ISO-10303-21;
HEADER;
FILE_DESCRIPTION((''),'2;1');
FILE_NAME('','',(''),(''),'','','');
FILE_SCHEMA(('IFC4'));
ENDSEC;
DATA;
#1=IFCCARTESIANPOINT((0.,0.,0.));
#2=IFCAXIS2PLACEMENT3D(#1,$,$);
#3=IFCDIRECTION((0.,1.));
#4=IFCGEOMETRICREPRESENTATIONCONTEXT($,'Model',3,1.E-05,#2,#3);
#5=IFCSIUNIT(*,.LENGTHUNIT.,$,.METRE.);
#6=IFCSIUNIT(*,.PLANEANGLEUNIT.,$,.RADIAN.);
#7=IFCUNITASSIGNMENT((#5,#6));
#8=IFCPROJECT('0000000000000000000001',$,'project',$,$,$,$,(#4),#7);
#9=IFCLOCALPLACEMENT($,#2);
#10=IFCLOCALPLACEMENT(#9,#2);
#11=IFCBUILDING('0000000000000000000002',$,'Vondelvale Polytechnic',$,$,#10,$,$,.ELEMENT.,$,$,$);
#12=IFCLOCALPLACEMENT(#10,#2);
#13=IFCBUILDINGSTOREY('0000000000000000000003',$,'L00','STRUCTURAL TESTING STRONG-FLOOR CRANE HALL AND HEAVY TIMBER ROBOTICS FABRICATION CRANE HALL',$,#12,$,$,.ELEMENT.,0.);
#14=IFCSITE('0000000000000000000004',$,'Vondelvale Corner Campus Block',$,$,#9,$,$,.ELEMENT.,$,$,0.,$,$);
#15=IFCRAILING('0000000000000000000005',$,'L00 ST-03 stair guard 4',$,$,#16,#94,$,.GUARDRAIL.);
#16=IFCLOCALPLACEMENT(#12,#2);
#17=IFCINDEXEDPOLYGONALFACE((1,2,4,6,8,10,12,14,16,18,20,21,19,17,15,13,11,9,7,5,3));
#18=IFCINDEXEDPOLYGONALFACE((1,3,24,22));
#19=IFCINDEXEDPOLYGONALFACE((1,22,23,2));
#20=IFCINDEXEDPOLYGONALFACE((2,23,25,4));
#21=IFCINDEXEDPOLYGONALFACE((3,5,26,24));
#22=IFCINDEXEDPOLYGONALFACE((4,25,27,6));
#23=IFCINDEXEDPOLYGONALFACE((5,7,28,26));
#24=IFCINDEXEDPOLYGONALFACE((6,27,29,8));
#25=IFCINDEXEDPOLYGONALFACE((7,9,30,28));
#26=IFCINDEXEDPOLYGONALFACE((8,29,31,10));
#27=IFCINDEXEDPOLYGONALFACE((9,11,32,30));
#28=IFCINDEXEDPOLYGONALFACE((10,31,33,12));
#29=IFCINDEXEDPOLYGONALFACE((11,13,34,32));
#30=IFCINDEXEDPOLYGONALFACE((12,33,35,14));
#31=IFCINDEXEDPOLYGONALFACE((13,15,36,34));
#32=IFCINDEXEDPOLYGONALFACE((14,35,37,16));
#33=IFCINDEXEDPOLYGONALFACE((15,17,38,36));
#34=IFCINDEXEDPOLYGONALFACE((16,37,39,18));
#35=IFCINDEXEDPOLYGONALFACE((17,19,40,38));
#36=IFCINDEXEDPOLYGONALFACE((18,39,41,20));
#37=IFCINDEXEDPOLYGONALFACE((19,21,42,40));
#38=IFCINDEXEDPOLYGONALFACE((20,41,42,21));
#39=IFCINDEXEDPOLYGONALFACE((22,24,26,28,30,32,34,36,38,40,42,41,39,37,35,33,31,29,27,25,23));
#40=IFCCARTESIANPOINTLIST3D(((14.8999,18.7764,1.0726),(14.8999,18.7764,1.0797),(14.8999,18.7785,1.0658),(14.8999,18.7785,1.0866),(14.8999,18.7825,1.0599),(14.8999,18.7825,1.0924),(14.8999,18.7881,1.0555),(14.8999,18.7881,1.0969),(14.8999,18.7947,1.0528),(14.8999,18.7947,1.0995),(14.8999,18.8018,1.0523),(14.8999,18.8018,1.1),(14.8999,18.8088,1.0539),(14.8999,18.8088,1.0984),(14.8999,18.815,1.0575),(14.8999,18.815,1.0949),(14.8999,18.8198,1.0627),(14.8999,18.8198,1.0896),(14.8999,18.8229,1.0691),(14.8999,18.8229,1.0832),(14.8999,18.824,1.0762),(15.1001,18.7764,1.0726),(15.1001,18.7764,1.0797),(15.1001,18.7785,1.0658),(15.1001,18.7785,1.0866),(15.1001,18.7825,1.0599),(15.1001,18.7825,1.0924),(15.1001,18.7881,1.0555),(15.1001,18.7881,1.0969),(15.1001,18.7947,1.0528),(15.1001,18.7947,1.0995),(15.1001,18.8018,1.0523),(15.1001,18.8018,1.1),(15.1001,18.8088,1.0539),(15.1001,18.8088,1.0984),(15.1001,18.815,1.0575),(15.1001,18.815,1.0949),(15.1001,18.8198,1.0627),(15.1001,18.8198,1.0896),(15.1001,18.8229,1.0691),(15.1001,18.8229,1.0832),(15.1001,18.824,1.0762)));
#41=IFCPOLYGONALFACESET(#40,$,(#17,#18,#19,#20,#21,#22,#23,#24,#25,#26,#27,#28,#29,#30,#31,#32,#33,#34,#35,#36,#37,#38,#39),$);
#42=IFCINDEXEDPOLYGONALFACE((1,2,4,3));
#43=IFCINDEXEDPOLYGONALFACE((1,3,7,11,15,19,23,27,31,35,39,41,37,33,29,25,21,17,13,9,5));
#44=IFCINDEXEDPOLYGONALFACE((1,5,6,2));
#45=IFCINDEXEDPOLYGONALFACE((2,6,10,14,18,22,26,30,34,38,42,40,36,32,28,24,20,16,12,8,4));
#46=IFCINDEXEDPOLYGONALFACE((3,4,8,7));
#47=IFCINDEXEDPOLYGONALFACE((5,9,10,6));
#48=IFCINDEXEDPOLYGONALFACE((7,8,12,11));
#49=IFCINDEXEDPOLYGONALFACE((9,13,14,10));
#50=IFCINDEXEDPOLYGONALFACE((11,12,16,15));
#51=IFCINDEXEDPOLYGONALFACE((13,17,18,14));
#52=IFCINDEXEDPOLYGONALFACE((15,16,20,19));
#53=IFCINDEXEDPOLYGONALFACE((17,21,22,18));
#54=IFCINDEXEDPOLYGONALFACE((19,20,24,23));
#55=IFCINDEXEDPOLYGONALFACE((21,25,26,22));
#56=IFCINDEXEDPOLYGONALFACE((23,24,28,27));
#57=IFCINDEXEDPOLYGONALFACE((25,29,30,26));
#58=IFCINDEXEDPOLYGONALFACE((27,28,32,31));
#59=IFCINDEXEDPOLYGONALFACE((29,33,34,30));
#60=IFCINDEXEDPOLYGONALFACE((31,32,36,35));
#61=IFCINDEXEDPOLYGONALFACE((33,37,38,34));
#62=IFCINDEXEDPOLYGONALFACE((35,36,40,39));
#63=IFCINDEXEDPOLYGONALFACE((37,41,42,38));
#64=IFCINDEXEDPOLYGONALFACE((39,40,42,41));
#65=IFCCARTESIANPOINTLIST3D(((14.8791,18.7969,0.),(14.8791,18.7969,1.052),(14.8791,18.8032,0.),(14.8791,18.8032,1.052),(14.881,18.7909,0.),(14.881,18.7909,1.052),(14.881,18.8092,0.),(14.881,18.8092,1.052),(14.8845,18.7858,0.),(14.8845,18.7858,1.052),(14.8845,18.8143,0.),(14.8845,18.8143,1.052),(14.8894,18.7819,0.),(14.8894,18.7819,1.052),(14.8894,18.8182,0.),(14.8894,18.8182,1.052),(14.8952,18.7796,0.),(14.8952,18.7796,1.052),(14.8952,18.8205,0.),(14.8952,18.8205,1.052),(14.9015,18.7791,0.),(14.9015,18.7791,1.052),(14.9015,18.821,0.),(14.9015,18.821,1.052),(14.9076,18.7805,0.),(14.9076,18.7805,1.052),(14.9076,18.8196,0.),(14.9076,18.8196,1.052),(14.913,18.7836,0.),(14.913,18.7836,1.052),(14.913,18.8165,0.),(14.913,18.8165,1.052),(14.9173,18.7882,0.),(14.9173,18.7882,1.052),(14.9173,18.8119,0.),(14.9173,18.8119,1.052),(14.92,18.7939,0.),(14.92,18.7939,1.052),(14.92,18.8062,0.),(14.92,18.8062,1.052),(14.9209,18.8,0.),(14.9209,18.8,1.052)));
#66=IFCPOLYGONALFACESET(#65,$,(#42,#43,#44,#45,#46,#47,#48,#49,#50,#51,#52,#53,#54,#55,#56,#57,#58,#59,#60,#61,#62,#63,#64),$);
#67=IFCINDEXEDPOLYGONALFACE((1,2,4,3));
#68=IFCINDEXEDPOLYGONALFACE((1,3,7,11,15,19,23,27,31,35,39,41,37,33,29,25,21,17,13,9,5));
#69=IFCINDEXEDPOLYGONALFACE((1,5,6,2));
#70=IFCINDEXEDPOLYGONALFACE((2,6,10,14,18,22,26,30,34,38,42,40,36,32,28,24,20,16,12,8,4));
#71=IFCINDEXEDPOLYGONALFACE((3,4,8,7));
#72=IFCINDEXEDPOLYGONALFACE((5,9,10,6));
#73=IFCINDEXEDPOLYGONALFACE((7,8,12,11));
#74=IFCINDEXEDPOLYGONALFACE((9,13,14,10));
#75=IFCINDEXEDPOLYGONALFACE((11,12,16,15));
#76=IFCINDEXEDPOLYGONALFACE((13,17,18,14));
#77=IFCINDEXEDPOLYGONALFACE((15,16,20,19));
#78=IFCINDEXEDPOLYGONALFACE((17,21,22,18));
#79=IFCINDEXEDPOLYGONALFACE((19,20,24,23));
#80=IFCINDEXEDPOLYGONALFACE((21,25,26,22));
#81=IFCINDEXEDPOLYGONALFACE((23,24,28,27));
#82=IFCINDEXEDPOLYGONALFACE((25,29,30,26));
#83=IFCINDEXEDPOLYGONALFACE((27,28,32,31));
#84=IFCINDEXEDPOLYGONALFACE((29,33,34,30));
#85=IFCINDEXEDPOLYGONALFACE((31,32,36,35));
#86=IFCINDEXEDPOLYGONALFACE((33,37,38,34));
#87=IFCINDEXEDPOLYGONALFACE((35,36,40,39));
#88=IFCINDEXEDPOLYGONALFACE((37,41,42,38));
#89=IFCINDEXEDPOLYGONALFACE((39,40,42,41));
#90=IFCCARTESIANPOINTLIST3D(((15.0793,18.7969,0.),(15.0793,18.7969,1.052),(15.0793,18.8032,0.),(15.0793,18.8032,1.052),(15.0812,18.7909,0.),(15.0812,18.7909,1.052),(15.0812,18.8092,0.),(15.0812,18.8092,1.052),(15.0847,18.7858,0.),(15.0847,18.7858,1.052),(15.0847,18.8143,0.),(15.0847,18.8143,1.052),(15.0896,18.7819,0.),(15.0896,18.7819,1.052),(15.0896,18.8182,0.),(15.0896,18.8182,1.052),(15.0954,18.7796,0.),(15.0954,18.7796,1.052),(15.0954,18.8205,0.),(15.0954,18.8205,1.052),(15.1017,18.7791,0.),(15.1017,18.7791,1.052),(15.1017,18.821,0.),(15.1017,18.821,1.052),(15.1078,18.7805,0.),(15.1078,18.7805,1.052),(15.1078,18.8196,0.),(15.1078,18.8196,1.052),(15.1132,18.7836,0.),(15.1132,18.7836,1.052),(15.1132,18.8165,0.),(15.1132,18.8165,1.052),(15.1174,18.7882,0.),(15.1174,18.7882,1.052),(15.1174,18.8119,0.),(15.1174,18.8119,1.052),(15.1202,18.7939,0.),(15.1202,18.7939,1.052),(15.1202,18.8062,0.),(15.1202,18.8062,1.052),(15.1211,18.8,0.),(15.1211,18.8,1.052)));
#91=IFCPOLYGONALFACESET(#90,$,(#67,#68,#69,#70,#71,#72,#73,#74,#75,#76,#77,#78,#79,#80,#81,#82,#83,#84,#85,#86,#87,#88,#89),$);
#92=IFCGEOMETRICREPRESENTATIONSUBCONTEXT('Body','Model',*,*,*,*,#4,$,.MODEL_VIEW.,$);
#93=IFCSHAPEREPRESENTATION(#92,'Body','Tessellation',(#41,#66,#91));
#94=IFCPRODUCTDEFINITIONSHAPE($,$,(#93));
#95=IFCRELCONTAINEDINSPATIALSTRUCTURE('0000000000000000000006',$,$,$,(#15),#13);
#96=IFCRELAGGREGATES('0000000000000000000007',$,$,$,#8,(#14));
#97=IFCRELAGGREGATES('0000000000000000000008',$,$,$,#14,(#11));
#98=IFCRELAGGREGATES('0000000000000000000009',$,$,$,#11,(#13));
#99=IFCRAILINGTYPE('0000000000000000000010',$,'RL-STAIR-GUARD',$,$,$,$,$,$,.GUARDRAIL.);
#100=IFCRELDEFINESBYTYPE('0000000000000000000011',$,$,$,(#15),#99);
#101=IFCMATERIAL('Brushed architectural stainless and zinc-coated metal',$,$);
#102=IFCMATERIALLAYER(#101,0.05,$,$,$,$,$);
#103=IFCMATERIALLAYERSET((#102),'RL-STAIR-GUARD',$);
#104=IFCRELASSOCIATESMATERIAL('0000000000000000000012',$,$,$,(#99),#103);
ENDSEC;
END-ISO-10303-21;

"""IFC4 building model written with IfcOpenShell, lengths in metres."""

from ifc_helpers import new_model, si_unit, direction, frame, origin, origin_2d, place, context, subcontext, project, spatial, circle, extrude, material, layer, layer_set, type_object, element, save


model = new_model("IFC4")

# Units and contexts
model_context = context("Model", 3, precision=1e-05, world=origin(), true_north=direction((0.0, 1.0)))
body_context = subcontext(model_context, "Body", "Model", "MODEL_VIEW")
ifc_project = project(units=[si_unit("LENGTHUNIT", "METRE"), si_unit("PLANEANGLEUNIT", "RADIAN")], contexts=[model_context])

# Site, building, storey
site_placement = place(None, origin())
site = spatial("IfcSite", under=ifc_project, at=site_placement, Name="Vondelvale Corner Campus Block", CompositionType="ELEMENT", RefElevation=0.0)
building_placement = place(site_placement, origin())
building = spatial("IfcBuilding", under=site, at=building_placement, Name="Vondelvale Polytechnic", CompositionType="ELEMENT")
storey_placement = place(building_placement, origin())
storey = spatial("IfcBuildingStorey", under=building, at=storey_placement, Name="L00", Description="STRUCTURAL TESTING STRONG-FLOOR CRANE HALL AND HEAVY TIMBER ROBOTICS FABRICATION CRANE HALL", CompositionType="ELEMENT", Elevation=0.0)

# Shared definitions
ifc_material_1 = material(Name="Brushed architectural stainless and zinc-coated metal")

# Railing
ifc_layer_1 = layer(ifc_material_1, 0.05)
ifc_layer_set_1 = layer_set([ifc_layer_1], Name="RL-STAIR-GUARD")
railing_type_1 = type_object("IfcRailingType", Name="RL-STAIR-GUARD", PredefinedType="GUARDRAIL", material=ifc_layer_set_1)
railing_1_placement = place(storey_placement, frame((14.8999, 18.8, 0.0)))
element("IfcRailing", 1, at=railing_1_placement, inside=storey, type_object=railing_type_1, Name="L00 ST-03 stair guard 4", PredefinedType="GUARDRAIL", context=body_context, shape_type="SweptSolid", body=[
    extrude(circle(Radius=0.0239, at=origin_2d()), frame((0.0, 0.0, 1.0762), z_axis=(1.0, 0.0, 0.0), x_axis=(0.0, 1.0, 0.0)), (0.0, 0.0, 1.0), 0.2002),
    extrude(circle(Radius=0.021, at=origin_2d()), origin(), (0.0, 0.0, 1.0), 1.052),
    extrude(circle(Radius=0.021, at=origin_2d()), frame((0.2002, 0.0, 0.0)), (0.0, 0.0, 1.0), 1.052),
])

save(model, "model.ifc")
